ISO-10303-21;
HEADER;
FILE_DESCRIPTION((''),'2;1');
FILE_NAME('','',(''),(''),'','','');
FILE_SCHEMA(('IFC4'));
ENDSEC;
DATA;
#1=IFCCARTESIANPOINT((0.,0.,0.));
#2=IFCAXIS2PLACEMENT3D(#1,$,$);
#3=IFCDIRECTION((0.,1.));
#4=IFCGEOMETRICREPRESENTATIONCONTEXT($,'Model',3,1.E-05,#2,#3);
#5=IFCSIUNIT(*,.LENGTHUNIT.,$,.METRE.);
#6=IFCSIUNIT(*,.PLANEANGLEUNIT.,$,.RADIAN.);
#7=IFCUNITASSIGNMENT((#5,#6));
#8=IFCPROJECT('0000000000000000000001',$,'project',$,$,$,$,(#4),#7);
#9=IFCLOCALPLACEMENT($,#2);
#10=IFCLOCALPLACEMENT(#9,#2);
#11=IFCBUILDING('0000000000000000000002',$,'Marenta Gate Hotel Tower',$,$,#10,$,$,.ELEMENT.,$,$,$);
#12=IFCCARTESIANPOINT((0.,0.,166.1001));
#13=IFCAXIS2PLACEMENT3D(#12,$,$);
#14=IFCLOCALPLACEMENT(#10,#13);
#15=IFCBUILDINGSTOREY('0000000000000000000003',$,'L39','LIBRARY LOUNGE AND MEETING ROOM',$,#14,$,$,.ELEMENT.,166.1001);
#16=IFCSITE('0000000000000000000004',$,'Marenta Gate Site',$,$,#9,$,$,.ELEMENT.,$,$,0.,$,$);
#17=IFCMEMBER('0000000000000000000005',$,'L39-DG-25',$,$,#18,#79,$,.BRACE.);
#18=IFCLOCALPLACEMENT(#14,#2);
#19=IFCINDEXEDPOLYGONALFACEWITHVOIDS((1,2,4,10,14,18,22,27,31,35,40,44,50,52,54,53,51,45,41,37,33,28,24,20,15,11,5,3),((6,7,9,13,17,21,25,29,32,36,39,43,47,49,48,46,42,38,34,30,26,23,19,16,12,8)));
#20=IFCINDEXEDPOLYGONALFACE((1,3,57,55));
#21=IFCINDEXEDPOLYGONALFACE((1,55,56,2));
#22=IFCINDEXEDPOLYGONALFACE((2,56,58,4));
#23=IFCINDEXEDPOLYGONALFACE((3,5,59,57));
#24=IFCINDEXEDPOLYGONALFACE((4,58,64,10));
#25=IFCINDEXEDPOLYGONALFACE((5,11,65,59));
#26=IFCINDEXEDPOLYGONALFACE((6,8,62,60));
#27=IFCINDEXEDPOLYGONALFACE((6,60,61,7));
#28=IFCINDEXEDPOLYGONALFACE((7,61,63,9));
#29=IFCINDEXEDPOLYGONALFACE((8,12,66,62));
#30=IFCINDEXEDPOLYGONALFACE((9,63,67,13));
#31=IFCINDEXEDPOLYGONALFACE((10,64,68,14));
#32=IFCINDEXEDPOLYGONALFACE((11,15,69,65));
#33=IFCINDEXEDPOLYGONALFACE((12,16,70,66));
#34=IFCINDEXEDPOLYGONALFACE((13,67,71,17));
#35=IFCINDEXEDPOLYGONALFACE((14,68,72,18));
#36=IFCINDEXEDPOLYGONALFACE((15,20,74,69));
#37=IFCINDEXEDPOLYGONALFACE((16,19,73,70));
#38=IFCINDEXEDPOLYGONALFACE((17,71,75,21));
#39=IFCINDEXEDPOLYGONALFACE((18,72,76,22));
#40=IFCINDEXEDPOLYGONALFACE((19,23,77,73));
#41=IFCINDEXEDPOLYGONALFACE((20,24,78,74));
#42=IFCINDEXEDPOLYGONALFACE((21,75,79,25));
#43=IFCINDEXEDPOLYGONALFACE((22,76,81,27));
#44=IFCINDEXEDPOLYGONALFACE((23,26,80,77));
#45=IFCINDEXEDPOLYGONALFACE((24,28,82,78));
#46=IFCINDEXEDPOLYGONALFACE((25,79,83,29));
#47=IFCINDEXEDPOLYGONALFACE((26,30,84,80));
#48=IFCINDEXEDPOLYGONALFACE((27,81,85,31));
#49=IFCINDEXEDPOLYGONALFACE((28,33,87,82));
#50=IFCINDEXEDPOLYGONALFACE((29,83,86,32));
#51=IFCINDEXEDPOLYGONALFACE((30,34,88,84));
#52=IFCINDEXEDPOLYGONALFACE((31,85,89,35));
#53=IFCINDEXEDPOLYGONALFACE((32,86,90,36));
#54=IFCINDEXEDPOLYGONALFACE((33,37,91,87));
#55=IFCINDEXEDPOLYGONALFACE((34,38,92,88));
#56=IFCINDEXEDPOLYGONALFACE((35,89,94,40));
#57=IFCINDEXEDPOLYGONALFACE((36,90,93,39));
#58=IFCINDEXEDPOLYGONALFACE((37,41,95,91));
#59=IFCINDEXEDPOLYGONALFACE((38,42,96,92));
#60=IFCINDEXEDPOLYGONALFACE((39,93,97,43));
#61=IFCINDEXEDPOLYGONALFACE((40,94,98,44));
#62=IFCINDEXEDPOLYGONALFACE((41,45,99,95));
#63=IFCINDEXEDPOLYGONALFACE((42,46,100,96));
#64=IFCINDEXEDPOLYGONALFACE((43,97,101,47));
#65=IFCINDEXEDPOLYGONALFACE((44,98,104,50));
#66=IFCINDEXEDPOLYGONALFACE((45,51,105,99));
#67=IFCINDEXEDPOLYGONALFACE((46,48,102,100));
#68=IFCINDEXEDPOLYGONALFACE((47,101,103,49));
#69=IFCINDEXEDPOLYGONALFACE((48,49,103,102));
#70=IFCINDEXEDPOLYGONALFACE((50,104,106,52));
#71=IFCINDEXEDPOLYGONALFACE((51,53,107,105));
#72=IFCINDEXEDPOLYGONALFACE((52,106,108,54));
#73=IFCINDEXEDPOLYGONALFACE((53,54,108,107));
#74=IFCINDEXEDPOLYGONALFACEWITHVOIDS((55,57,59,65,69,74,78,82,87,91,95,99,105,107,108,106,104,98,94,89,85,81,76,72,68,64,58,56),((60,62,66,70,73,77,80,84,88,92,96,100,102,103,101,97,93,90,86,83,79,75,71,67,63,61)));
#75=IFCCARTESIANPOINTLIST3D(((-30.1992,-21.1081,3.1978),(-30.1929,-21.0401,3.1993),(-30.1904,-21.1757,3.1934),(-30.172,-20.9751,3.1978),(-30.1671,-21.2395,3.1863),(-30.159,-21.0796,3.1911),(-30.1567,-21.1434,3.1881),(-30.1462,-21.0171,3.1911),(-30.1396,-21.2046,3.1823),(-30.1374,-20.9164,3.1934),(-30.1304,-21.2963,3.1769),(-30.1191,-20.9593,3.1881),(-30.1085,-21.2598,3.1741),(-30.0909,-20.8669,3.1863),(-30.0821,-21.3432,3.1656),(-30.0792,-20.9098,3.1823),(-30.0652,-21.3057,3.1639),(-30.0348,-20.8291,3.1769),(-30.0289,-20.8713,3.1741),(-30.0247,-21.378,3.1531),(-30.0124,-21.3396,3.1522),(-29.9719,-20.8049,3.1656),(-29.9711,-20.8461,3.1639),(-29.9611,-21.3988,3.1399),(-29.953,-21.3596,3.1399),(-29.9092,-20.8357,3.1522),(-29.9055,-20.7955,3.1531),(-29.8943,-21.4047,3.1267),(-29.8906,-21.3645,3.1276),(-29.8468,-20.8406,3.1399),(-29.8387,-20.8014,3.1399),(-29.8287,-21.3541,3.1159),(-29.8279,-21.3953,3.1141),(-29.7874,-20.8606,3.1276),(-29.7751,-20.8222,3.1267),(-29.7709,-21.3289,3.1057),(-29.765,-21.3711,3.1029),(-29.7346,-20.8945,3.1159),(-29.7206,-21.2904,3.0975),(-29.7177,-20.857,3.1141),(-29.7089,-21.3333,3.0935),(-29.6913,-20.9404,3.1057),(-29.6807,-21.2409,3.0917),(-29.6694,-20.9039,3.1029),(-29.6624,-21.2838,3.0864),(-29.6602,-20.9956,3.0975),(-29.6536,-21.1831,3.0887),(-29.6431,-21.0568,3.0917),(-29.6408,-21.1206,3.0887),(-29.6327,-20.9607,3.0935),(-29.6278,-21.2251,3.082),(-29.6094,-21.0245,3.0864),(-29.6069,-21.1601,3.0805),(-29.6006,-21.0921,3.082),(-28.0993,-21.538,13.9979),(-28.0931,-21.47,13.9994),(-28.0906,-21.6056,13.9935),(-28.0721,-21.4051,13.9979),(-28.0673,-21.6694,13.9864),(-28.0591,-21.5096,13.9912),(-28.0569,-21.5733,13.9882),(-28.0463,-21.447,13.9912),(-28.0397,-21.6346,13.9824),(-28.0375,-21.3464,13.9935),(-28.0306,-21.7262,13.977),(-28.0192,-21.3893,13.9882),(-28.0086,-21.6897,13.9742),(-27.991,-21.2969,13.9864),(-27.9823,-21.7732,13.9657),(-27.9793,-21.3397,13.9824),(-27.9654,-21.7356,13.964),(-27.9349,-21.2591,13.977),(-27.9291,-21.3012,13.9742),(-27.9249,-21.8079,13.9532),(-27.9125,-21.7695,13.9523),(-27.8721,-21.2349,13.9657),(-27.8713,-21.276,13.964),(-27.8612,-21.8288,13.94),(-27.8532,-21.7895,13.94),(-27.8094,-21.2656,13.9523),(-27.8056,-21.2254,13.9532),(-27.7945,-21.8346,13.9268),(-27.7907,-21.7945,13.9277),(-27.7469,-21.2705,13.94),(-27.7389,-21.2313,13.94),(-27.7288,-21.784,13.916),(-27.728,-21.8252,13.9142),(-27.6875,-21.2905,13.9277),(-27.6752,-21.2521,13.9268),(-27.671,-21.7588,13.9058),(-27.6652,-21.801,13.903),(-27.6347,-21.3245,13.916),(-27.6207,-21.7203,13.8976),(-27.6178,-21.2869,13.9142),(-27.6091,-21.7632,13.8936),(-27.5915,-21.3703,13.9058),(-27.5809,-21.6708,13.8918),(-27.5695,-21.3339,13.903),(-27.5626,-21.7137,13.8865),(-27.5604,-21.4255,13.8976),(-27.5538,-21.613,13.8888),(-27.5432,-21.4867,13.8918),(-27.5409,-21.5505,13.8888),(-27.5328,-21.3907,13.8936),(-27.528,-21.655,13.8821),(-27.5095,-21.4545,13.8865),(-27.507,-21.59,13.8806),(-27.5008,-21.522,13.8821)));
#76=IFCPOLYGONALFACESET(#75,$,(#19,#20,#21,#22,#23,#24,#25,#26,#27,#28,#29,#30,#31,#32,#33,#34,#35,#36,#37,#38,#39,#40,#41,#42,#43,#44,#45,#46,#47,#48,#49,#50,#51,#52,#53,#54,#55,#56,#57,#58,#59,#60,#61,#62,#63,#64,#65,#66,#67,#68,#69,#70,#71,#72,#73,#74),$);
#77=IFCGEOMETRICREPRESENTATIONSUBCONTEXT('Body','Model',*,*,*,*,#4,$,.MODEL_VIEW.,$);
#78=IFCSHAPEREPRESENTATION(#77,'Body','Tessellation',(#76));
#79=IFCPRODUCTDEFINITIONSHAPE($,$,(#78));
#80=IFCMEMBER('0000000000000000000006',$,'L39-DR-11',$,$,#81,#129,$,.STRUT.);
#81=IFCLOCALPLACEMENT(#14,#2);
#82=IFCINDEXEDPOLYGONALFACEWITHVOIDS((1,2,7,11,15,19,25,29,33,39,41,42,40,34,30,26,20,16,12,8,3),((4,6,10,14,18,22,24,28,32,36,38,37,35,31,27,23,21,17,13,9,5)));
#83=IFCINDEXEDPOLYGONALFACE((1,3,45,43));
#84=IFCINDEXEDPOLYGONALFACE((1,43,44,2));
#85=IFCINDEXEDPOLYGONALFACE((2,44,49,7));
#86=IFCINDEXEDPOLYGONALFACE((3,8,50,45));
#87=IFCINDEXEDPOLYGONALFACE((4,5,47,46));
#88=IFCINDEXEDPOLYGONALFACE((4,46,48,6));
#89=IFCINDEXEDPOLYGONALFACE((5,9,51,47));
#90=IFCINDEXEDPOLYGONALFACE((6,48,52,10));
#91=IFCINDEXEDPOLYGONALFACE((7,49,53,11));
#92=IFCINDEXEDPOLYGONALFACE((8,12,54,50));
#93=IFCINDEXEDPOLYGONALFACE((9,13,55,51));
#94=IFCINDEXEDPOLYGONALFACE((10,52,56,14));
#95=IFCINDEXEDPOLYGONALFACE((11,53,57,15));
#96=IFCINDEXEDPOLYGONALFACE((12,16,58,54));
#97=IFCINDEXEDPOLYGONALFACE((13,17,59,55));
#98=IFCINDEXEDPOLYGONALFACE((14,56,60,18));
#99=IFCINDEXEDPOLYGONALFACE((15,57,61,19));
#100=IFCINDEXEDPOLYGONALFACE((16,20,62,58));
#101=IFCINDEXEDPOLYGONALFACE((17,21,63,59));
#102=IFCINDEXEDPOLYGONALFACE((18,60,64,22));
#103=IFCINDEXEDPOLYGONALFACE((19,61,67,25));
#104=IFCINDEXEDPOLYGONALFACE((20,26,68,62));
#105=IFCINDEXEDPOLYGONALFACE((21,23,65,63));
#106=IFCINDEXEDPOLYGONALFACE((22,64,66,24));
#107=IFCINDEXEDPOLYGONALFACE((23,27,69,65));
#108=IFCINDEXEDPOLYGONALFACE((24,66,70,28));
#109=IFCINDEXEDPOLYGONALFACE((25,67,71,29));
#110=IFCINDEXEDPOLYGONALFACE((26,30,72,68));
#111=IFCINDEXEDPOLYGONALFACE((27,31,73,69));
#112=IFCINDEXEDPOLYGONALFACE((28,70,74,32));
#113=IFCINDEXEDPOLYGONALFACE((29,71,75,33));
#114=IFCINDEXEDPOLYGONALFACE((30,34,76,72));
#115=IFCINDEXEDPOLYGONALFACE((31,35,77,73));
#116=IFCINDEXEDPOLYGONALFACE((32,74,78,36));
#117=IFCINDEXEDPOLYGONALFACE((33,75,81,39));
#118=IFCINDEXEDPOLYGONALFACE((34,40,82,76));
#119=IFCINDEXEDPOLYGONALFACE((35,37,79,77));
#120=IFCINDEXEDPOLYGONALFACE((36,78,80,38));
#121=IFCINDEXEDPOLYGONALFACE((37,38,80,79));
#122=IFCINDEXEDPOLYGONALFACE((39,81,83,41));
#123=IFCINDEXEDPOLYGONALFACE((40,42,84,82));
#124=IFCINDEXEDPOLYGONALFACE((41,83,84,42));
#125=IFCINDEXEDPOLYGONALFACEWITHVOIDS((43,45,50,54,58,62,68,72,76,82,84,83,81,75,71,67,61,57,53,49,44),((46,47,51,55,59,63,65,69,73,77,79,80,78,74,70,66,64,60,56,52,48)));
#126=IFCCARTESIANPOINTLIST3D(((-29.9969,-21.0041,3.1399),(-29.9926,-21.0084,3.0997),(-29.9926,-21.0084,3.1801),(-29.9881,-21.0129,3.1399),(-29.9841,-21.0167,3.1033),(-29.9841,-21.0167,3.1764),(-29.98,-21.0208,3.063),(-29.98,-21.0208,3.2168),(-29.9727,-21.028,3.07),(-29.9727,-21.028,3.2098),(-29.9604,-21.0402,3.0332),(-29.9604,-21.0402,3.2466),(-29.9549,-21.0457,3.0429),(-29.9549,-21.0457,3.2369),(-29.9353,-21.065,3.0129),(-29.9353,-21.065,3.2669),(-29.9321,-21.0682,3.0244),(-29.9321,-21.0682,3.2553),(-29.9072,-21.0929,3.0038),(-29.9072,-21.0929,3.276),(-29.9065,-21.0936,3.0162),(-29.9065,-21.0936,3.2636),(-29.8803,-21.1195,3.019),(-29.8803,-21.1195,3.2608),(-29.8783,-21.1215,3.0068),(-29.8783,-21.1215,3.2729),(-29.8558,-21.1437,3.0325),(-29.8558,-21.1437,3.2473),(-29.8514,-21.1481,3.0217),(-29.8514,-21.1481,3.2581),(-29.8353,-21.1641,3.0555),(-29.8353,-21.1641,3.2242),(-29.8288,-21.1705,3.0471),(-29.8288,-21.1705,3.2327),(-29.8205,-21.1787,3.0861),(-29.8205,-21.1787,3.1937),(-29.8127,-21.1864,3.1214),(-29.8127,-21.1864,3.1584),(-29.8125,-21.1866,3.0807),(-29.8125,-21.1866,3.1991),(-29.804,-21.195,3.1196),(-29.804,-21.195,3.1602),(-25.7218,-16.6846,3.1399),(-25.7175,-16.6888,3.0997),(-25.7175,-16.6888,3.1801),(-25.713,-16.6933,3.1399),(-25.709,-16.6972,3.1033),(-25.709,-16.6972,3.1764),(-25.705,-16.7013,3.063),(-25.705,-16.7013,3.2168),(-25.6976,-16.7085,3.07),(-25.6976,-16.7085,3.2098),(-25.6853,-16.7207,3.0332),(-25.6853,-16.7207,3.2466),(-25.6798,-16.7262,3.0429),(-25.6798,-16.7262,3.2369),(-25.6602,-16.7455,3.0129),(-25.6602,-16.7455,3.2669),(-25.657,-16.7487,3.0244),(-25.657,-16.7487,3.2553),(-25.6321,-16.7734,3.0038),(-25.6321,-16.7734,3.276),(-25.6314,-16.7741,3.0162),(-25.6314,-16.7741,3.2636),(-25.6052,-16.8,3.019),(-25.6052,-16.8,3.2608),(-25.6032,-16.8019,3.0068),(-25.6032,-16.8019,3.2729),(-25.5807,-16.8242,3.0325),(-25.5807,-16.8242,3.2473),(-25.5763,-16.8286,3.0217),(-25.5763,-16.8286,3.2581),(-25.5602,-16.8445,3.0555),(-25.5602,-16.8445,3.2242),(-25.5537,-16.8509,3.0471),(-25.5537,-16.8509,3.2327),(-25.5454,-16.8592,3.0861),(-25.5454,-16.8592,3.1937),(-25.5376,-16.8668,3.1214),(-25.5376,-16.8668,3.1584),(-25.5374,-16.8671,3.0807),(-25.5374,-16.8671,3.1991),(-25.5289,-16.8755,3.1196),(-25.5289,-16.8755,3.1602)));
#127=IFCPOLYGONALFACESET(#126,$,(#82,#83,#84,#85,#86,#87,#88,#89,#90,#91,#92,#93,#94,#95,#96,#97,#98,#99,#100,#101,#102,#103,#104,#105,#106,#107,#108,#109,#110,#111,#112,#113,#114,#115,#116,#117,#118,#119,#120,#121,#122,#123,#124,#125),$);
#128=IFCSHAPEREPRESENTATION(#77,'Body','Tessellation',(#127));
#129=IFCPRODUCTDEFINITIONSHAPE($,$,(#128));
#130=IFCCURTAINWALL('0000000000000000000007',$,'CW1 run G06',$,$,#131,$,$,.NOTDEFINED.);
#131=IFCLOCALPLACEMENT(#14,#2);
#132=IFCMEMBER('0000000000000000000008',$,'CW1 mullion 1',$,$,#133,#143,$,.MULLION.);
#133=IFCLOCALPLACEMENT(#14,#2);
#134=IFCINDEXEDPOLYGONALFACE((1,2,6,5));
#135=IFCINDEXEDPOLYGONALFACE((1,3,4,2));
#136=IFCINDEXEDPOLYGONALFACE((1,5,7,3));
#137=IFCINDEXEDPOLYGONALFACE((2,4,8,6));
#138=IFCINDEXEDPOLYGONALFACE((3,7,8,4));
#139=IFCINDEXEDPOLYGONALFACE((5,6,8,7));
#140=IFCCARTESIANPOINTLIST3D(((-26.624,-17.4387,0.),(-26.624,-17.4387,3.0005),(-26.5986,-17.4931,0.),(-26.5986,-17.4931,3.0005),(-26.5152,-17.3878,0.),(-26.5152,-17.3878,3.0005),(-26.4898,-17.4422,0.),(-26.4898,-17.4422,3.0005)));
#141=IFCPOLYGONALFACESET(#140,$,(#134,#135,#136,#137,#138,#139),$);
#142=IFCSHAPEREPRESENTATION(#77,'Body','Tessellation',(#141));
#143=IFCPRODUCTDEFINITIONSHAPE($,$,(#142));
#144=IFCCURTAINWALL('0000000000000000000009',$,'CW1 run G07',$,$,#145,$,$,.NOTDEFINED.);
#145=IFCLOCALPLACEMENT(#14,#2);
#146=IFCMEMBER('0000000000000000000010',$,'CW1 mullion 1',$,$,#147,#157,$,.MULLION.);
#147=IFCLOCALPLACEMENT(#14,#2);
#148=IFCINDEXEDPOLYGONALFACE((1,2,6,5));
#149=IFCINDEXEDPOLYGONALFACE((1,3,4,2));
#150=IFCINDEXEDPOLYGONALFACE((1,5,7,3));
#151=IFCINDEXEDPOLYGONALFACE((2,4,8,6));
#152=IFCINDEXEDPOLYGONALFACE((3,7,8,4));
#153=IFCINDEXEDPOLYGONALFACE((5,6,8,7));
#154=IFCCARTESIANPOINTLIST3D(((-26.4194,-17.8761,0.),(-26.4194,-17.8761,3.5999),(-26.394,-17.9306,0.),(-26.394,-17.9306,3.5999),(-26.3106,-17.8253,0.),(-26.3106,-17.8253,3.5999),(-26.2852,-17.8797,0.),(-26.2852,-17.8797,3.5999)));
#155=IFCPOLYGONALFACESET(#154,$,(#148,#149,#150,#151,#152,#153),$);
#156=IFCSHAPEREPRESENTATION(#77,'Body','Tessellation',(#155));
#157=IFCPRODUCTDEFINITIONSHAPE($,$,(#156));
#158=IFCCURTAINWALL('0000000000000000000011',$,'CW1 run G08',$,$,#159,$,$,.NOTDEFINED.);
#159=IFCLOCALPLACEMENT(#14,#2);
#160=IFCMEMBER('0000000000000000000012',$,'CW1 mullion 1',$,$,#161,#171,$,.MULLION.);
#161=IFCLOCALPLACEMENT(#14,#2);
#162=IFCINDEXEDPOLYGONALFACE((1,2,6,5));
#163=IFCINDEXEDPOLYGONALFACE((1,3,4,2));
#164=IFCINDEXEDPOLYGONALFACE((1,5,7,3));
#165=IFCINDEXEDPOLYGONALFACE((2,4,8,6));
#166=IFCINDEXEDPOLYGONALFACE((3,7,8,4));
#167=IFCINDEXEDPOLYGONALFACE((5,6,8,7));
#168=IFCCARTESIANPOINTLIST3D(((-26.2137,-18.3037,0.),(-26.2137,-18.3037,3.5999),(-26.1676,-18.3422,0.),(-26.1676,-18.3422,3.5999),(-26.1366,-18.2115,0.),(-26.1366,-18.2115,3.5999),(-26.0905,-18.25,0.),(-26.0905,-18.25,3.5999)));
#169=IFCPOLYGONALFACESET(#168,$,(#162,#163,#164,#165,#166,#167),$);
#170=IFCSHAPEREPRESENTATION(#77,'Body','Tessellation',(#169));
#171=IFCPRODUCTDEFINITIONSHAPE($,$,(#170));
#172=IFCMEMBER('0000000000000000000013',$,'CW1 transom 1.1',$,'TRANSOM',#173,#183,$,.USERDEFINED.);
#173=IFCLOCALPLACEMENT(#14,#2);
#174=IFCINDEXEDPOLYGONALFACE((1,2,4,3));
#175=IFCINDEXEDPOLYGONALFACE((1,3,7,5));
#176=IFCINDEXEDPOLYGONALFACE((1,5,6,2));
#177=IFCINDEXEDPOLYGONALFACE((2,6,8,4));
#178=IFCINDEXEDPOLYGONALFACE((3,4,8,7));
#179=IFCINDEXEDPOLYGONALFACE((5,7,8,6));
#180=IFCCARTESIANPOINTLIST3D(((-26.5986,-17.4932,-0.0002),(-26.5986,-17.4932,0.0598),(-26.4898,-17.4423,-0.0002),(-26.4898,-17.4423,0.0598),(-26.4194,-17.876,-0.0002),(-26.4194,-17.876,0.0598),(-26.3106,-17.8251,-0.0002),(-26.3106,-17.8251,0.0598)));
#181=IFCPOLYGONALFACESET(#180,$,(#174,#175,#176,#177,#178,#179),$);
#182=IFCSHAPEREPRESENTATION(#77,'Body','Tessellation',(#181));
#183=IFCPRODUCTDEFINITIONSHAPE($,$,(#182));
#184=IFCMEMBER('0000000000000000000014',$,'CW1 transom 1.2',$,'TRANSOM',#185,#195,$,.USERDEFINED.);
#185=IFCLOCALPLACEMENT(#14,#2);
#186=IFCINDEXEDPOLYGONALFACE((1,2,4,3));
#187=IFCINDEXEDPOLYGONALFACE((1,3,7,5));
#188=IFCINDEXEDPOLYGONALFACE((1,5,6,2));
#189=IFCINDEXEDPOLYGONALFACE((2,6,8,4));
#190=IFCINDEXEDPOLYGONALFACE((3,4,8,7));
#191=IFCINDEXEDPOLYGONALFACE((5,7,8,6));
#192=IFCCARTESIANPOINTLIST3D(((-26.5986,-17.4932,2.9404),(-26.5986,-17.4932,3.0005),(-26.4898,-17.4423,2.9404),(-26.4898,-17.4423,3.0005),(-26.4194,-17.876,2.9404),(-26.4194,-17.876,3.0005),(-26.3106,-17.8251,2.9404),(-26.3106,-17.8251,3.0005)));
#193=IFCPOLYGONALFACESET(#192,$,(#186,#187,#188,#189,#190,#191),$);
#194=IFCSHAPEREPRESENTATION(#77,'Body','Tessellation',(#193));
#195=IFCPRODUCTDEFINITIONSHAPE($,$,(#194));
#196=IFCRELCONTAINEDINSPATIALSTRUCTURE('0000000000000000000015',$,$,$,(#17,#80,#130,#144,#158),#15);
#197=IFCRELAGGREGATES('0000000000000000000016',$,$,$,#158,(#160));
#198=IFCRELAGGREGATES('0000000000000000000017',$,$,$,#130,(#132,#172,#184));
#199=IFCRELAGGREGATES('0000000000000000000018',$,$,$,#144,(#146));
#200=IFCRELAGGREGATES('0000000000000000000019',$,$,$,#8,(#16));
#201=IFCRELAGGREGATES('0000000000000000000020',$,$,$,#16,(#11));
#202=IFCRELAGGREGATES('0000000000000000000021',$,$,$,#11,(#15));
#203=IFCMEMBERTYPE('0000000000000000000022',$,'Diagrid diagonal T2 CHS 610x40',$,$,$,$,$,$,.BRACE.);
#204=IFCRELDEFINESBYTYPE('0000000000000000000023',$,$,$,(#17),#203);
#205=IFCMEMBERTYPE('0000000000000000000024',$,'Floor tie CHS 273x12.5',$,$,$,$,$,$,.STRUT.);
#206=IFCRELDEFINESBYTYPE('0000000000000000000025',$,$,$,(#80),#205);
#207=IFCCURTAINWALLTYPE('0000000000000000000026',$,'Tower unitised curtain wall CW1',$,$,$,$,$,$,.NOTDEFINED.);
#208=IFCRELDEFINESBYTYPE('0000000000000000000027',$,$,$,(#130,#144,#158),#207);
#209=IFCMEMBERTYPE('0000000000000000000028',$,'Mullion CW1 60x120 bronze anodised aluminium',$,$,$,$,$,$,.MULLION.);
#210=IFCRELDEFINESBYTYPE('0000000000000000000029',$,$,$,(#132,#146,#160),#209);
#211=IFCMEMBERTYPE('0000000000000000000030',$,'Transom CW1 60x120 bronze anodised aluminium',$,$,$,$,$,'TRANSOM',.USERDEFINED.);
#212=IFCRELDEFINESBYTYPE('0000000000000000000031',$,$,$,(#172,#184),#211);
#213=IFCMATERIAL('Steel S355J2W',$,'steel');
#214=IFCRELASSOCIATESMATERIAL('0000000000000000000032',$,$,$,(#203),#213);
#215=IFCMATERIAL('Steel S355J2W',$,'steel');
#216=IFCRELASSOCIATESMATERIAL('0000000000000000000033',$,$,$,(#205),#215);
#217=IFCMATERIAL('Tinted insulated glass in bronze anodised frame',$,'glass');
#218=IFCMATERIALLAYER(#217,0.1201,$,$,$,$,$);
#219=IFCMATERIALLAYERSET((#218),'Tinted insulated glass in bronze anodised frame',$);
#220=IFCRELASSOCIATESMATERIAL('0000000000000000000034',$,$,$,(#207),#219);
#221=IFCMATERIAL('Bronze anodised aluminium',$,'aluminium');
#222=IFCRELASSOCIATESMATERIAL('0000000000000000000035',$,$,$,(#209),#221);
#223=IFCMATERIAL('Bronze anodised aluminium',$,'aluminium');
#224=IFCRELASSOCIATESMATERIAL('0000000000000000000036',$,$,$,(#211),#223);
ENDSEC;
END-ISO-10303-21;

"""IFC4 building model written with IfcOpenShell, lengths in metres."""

from ifc_helpers import new_model, si_unit, direction, frame, origin, origin_2d, place, context, subcontext, project, spatial, rectangle, hollow_circle, extrude, material, layer, layer_set, material_profile, profile_set, type_object, element, aggregate, save


model = new_model("IFC4")

# Units and contexts
model_context = context("Model", 3, precision=1e-05, world=origin(), true_north=direction((0.0, 1.0)))
body_context = subcontext(model_context, "Body", "Model", "MODEL_VIEW")
ifc_project = project(units=[si_unit("LENGTHUNIT", "METRE"), si_unit("PLANEANGLEUNIT", "RADIAN")], contexts=[model_context])

# Site, building, storey
site_placement = place(None, origin())
site = spatial("IfcSite", under=ifc_project, at=site_placement, Name="Marenta Gate Site", CompositionType="ELEMENT", RefElevation=0.0)
building_placement = place(site_placement, origin())
building = spatial("IfcBuilding", under=site, at=building_placement, Name="Marenta Gate Hotel Tower", CompositionType="ELEMENT")
storey_placement = place(building_placement, frame((0.0, 0.0, 166.1001)))
storey = spatial("IfcBuildingStorey", under=building, at=storey_placement, Name="L39", Description="LIBRARY LOUNGE AND MEETING ROOM", CompositionType="ELEMENT", Elevation=166.1001)

# Members
ifc_material_1 = material(Name="Steel S355J2W", Category="steel")
ifc_material_profile_1 = material_profile(ifc_material_1, hollow_circle(Radius=0.3049, WallThickness=0.04, at=origin_2d()), Name="CHS 610x40")
ifc_profile_set_1 = profile_set([ifc_material_profile_1], Name="Steel S355J2W")
member_type_1 = type_object("IfcMemberType", Name="Diagrid diagonal T2 CHS 610x40", PredefinedType="BRACE", material=ifc_profile_set_1)
member_1_placement = place(storey_placement, frame((-29.8999, -21.1001, 3.1399), z_axis=(0.19071, -0.039047, 0.980869), x_axis=(0.200583, 0.979677, 0.0)))
element("IfcMember", 1, at=member_1_placement, inside=storey, type_object=member_type_1, Name="L39-DG-25", PredefinedType="BRACE", context=body_context, shape_type="SweptSolid", body=[
    extrude(hollow_circle(Radius=0.3049, WallThickness=0.04, at=origin_2d()), origin(), (0.0, 0.0, 1.0), 11.0107),
])
ifc_material_2 = material(Name="Steel S355J2W", Category="steel")
ifc_material_profile_2 = material_profile(ifc_material_2, hollow_circle(Radius=0.1365, WallThickness=0.0125, at=origin_2d()), Name="CHS 273x12.5")
ifc_profile_set_2 = profile_set([ifc_material_profile_2], Name="Steel S355J2W")
member_type_2 = type_object("IfcMemberType", Name="Floor tie CHS 273x12.5", PredefinedType="STRUT", material=ifc_profile_set_2)
member_2_placement = place(storey_placement, frame((-29.8999, -21.1001, 3.1399), z_axis=(0.703442, 0.710753, 0.0), x_axis=(-0.710753, 0.703442, 0.0)))
element("IfcMember", 2, at=member_2_placement, inside=storey, type_object=member_type_2, Name="L39-DR-11", PredefinedType="STRUT", context=body_context, shape_type="SweptSolid", body=[
    extrude(hollow_circle(Radius=0.1365, WallThickness=0.0125, at=origin_2d()), origin(), (0.0, 0.0, 1.0), 6.0774),
])

# Curtain walls, members
ifc_material_3 = material(Name="Tinted insulated glass in bronze anodised frame", Category="glass")
ifc_layer_1 = layer(ifc_material_3, 0.1201)
ifc_layer_set_1 = layer_set([ifc_layer_1], Name="Tinted insulated glass in bronze anodised frame")
curtain_wall_type = type_object("IfcCurtainWallType", Name="Tower unitised curtain wall CW1", PredefinedType="NOTDEFINED", material=ifc_layer_set_1)
curtain_wall_1_placement = place(storey_placement, origin())
curtain_wall_1 = element("IfcCurtainWall", 3, at=curtain_wall_1_placement, inside=storey, type_object=curtain_wall_type, Name="CW1 run G06", PredefinedType="NOTDEFINED")
ifc_material_4 = material(Name="Bronze anodised aluminium", Category="aluminium")
ifc_material_profile_3 = material_profile(ifc_material_4, rectangle(XDim=0.1201, YDim=0.0601, at=origin_2d()), Name="Mullion CW1 60x120 bronze anodised aluminium")
ifc_profile_set_3 = profile_set([ifc_material_profile_3], Name="Bronze anodised aluminium")
member_type_3 = type_object("IfcMemberType", Name="Mullion CW1 60x120 bronze anodised aluminium", PredefinedType="MULLION", material=ifc_profile_set_3)
member_3_placement = place(storey_placement, frame((-26.5569, -17.4404, 0.0), z_axis=(0.0, 0.0, 1.0), x_axis=(0.905961, 0.423362, 0.0)))
member_3 = element("IfcMember", 4, at=member_3_placement, type_object=member_type_3, Name="CW1 mullion 1", PredefinedType="MULLION", context=body_context, shape_type="SweptSolid", body=[
    extrude(rectangle(XDim=0.1201, YDim=0.0601, at=origin_2d()), origin(), (0.0, 0.0, 1.0), 3.0005),
])
curtain_wall_2_placement = place(storey_placement, origin())
curtain_wall_2 = element("IfcCurtainWall", 5, at=curtain_wall_2_placement, inside=storey, type_object=curtain_wall_type, Name="CW1 run G07", PredefinedType="NOTDEFINED")
member_4_placement = place(storey_placement, frame((-26.3523, -17.8779, 0.0), z_axis=(0.0, 0.0, 1.0), x_axis=(0.906001, 0.423275, 0.0)))
member_4 = element("IfcMember", 6, at=member_4_placement, type_object=member_type_3, Name="CW1 mullion 1", PredefinedType="MULLION", context=body_context, shape_type="SweptSolid", body=[
    extrude(rectangle(XDim=0.1201, YDim=0.0601, at=origin_2d()), origin(), (0.0, 0.0, 1.0), 3.5999),
])
curtain_wall_3_placement = place(storey_placement, origin())
curtain_wall_3 = element("IfcCurtainWall", 7, at=curtain_wall_3_placement, inside=storey, type_object=curtain_wall_type, Name="CW1 run G08", PredefinedType="NOTDEFINED")
member_5_placement = place(storey_placement, frame((-26.1521, -18.2769, 0.0), z_axis=(0.0, 0.0, 1.0), x_axis=(0.641512, 0.767113, 0.0)))
member_5 = element("IfcMember", 8, at=member_5_placement, type_object=member_type_3, Name="CW1 mullion 1", PredefinedType="MULLION", context=body_context, shape_type="SweptSolid", body=[
    extrude(rectangle(XDim=0.1201, YDim=0.0601, at=origin_2d()), origin(), (0.0, 0.0, 1.0), 3.5999),
])

# Members
ifc_material_5 = material(Name="Bronze anodised aluminium", Category="aluminium")
ifc_material_profile_4 = material_profile(ifc_material_5, rectangle(XDim=0.1201, YDim=0.0601, at=origin_2d()), Name="Transom CW1 60x120 bronze anodised aluminium")
ifc_profile_set_4 = profile_set([ifc_material_profile_4], Name="Bronze anodised aluminium")
member_type_4 = type_object("IfcMemberType", Name="Transom CW1 60x120 bronze anodised aluminium", ElementType="TRANSOM", PredefinedType="USERDEFINED", material=ifc_profile_set_4)
member_6_placement = place(storey_placement, frame((-26.5442, -17.4678, 0.0298), z_axis=(0.42396, -0.905681, 0.0), x_axis=(0.905681, 0.42396, 0.0)))
member_6 = element("IfcMember", 9, at=member_6_placement, type_object=member_type_4, Name="CW1 transom 1.1", ObjectType="TRANSOM", PredefinedType="USERDEFINED", context=body_context, shape_type="SweptSolid", body=[
    extrude(rectangle(XDim=0.1201, YDim=0.0601, at=origin_2d()), origin(), (0.0, 0.0, 1.0), 0.4226),
])
member_7_placement = place(storey_placement, frame((-26.5442, -17.4678, 2.9705), z_axis=(0.42396, -0.905681, 0.0), x_axis=(0.905681, 0.42396, 0.0)))
member_7 = element("IfcMember", 10, at=member_7_placement, type_object=member_type_4, Name="CW1 transom 1.2", ObjectType="TRANSOM", PredefinedType="USERDEFINED", context=body_context, shape_type="SweptSolid", body=[
    extrude(rectangle(XDim=0.1201, YDim=0.0601, at=origin_2d()), origin(), (0.0, 0.0, 1.0), 0.4226),
])
aggregate(curtain_wall_3, [member_5])

aggregate(curtain_wall_1, [member_3, member_6, member_7])
aggregate(curtain_wall_2, [member_4])

save(model, "model.ifc")
